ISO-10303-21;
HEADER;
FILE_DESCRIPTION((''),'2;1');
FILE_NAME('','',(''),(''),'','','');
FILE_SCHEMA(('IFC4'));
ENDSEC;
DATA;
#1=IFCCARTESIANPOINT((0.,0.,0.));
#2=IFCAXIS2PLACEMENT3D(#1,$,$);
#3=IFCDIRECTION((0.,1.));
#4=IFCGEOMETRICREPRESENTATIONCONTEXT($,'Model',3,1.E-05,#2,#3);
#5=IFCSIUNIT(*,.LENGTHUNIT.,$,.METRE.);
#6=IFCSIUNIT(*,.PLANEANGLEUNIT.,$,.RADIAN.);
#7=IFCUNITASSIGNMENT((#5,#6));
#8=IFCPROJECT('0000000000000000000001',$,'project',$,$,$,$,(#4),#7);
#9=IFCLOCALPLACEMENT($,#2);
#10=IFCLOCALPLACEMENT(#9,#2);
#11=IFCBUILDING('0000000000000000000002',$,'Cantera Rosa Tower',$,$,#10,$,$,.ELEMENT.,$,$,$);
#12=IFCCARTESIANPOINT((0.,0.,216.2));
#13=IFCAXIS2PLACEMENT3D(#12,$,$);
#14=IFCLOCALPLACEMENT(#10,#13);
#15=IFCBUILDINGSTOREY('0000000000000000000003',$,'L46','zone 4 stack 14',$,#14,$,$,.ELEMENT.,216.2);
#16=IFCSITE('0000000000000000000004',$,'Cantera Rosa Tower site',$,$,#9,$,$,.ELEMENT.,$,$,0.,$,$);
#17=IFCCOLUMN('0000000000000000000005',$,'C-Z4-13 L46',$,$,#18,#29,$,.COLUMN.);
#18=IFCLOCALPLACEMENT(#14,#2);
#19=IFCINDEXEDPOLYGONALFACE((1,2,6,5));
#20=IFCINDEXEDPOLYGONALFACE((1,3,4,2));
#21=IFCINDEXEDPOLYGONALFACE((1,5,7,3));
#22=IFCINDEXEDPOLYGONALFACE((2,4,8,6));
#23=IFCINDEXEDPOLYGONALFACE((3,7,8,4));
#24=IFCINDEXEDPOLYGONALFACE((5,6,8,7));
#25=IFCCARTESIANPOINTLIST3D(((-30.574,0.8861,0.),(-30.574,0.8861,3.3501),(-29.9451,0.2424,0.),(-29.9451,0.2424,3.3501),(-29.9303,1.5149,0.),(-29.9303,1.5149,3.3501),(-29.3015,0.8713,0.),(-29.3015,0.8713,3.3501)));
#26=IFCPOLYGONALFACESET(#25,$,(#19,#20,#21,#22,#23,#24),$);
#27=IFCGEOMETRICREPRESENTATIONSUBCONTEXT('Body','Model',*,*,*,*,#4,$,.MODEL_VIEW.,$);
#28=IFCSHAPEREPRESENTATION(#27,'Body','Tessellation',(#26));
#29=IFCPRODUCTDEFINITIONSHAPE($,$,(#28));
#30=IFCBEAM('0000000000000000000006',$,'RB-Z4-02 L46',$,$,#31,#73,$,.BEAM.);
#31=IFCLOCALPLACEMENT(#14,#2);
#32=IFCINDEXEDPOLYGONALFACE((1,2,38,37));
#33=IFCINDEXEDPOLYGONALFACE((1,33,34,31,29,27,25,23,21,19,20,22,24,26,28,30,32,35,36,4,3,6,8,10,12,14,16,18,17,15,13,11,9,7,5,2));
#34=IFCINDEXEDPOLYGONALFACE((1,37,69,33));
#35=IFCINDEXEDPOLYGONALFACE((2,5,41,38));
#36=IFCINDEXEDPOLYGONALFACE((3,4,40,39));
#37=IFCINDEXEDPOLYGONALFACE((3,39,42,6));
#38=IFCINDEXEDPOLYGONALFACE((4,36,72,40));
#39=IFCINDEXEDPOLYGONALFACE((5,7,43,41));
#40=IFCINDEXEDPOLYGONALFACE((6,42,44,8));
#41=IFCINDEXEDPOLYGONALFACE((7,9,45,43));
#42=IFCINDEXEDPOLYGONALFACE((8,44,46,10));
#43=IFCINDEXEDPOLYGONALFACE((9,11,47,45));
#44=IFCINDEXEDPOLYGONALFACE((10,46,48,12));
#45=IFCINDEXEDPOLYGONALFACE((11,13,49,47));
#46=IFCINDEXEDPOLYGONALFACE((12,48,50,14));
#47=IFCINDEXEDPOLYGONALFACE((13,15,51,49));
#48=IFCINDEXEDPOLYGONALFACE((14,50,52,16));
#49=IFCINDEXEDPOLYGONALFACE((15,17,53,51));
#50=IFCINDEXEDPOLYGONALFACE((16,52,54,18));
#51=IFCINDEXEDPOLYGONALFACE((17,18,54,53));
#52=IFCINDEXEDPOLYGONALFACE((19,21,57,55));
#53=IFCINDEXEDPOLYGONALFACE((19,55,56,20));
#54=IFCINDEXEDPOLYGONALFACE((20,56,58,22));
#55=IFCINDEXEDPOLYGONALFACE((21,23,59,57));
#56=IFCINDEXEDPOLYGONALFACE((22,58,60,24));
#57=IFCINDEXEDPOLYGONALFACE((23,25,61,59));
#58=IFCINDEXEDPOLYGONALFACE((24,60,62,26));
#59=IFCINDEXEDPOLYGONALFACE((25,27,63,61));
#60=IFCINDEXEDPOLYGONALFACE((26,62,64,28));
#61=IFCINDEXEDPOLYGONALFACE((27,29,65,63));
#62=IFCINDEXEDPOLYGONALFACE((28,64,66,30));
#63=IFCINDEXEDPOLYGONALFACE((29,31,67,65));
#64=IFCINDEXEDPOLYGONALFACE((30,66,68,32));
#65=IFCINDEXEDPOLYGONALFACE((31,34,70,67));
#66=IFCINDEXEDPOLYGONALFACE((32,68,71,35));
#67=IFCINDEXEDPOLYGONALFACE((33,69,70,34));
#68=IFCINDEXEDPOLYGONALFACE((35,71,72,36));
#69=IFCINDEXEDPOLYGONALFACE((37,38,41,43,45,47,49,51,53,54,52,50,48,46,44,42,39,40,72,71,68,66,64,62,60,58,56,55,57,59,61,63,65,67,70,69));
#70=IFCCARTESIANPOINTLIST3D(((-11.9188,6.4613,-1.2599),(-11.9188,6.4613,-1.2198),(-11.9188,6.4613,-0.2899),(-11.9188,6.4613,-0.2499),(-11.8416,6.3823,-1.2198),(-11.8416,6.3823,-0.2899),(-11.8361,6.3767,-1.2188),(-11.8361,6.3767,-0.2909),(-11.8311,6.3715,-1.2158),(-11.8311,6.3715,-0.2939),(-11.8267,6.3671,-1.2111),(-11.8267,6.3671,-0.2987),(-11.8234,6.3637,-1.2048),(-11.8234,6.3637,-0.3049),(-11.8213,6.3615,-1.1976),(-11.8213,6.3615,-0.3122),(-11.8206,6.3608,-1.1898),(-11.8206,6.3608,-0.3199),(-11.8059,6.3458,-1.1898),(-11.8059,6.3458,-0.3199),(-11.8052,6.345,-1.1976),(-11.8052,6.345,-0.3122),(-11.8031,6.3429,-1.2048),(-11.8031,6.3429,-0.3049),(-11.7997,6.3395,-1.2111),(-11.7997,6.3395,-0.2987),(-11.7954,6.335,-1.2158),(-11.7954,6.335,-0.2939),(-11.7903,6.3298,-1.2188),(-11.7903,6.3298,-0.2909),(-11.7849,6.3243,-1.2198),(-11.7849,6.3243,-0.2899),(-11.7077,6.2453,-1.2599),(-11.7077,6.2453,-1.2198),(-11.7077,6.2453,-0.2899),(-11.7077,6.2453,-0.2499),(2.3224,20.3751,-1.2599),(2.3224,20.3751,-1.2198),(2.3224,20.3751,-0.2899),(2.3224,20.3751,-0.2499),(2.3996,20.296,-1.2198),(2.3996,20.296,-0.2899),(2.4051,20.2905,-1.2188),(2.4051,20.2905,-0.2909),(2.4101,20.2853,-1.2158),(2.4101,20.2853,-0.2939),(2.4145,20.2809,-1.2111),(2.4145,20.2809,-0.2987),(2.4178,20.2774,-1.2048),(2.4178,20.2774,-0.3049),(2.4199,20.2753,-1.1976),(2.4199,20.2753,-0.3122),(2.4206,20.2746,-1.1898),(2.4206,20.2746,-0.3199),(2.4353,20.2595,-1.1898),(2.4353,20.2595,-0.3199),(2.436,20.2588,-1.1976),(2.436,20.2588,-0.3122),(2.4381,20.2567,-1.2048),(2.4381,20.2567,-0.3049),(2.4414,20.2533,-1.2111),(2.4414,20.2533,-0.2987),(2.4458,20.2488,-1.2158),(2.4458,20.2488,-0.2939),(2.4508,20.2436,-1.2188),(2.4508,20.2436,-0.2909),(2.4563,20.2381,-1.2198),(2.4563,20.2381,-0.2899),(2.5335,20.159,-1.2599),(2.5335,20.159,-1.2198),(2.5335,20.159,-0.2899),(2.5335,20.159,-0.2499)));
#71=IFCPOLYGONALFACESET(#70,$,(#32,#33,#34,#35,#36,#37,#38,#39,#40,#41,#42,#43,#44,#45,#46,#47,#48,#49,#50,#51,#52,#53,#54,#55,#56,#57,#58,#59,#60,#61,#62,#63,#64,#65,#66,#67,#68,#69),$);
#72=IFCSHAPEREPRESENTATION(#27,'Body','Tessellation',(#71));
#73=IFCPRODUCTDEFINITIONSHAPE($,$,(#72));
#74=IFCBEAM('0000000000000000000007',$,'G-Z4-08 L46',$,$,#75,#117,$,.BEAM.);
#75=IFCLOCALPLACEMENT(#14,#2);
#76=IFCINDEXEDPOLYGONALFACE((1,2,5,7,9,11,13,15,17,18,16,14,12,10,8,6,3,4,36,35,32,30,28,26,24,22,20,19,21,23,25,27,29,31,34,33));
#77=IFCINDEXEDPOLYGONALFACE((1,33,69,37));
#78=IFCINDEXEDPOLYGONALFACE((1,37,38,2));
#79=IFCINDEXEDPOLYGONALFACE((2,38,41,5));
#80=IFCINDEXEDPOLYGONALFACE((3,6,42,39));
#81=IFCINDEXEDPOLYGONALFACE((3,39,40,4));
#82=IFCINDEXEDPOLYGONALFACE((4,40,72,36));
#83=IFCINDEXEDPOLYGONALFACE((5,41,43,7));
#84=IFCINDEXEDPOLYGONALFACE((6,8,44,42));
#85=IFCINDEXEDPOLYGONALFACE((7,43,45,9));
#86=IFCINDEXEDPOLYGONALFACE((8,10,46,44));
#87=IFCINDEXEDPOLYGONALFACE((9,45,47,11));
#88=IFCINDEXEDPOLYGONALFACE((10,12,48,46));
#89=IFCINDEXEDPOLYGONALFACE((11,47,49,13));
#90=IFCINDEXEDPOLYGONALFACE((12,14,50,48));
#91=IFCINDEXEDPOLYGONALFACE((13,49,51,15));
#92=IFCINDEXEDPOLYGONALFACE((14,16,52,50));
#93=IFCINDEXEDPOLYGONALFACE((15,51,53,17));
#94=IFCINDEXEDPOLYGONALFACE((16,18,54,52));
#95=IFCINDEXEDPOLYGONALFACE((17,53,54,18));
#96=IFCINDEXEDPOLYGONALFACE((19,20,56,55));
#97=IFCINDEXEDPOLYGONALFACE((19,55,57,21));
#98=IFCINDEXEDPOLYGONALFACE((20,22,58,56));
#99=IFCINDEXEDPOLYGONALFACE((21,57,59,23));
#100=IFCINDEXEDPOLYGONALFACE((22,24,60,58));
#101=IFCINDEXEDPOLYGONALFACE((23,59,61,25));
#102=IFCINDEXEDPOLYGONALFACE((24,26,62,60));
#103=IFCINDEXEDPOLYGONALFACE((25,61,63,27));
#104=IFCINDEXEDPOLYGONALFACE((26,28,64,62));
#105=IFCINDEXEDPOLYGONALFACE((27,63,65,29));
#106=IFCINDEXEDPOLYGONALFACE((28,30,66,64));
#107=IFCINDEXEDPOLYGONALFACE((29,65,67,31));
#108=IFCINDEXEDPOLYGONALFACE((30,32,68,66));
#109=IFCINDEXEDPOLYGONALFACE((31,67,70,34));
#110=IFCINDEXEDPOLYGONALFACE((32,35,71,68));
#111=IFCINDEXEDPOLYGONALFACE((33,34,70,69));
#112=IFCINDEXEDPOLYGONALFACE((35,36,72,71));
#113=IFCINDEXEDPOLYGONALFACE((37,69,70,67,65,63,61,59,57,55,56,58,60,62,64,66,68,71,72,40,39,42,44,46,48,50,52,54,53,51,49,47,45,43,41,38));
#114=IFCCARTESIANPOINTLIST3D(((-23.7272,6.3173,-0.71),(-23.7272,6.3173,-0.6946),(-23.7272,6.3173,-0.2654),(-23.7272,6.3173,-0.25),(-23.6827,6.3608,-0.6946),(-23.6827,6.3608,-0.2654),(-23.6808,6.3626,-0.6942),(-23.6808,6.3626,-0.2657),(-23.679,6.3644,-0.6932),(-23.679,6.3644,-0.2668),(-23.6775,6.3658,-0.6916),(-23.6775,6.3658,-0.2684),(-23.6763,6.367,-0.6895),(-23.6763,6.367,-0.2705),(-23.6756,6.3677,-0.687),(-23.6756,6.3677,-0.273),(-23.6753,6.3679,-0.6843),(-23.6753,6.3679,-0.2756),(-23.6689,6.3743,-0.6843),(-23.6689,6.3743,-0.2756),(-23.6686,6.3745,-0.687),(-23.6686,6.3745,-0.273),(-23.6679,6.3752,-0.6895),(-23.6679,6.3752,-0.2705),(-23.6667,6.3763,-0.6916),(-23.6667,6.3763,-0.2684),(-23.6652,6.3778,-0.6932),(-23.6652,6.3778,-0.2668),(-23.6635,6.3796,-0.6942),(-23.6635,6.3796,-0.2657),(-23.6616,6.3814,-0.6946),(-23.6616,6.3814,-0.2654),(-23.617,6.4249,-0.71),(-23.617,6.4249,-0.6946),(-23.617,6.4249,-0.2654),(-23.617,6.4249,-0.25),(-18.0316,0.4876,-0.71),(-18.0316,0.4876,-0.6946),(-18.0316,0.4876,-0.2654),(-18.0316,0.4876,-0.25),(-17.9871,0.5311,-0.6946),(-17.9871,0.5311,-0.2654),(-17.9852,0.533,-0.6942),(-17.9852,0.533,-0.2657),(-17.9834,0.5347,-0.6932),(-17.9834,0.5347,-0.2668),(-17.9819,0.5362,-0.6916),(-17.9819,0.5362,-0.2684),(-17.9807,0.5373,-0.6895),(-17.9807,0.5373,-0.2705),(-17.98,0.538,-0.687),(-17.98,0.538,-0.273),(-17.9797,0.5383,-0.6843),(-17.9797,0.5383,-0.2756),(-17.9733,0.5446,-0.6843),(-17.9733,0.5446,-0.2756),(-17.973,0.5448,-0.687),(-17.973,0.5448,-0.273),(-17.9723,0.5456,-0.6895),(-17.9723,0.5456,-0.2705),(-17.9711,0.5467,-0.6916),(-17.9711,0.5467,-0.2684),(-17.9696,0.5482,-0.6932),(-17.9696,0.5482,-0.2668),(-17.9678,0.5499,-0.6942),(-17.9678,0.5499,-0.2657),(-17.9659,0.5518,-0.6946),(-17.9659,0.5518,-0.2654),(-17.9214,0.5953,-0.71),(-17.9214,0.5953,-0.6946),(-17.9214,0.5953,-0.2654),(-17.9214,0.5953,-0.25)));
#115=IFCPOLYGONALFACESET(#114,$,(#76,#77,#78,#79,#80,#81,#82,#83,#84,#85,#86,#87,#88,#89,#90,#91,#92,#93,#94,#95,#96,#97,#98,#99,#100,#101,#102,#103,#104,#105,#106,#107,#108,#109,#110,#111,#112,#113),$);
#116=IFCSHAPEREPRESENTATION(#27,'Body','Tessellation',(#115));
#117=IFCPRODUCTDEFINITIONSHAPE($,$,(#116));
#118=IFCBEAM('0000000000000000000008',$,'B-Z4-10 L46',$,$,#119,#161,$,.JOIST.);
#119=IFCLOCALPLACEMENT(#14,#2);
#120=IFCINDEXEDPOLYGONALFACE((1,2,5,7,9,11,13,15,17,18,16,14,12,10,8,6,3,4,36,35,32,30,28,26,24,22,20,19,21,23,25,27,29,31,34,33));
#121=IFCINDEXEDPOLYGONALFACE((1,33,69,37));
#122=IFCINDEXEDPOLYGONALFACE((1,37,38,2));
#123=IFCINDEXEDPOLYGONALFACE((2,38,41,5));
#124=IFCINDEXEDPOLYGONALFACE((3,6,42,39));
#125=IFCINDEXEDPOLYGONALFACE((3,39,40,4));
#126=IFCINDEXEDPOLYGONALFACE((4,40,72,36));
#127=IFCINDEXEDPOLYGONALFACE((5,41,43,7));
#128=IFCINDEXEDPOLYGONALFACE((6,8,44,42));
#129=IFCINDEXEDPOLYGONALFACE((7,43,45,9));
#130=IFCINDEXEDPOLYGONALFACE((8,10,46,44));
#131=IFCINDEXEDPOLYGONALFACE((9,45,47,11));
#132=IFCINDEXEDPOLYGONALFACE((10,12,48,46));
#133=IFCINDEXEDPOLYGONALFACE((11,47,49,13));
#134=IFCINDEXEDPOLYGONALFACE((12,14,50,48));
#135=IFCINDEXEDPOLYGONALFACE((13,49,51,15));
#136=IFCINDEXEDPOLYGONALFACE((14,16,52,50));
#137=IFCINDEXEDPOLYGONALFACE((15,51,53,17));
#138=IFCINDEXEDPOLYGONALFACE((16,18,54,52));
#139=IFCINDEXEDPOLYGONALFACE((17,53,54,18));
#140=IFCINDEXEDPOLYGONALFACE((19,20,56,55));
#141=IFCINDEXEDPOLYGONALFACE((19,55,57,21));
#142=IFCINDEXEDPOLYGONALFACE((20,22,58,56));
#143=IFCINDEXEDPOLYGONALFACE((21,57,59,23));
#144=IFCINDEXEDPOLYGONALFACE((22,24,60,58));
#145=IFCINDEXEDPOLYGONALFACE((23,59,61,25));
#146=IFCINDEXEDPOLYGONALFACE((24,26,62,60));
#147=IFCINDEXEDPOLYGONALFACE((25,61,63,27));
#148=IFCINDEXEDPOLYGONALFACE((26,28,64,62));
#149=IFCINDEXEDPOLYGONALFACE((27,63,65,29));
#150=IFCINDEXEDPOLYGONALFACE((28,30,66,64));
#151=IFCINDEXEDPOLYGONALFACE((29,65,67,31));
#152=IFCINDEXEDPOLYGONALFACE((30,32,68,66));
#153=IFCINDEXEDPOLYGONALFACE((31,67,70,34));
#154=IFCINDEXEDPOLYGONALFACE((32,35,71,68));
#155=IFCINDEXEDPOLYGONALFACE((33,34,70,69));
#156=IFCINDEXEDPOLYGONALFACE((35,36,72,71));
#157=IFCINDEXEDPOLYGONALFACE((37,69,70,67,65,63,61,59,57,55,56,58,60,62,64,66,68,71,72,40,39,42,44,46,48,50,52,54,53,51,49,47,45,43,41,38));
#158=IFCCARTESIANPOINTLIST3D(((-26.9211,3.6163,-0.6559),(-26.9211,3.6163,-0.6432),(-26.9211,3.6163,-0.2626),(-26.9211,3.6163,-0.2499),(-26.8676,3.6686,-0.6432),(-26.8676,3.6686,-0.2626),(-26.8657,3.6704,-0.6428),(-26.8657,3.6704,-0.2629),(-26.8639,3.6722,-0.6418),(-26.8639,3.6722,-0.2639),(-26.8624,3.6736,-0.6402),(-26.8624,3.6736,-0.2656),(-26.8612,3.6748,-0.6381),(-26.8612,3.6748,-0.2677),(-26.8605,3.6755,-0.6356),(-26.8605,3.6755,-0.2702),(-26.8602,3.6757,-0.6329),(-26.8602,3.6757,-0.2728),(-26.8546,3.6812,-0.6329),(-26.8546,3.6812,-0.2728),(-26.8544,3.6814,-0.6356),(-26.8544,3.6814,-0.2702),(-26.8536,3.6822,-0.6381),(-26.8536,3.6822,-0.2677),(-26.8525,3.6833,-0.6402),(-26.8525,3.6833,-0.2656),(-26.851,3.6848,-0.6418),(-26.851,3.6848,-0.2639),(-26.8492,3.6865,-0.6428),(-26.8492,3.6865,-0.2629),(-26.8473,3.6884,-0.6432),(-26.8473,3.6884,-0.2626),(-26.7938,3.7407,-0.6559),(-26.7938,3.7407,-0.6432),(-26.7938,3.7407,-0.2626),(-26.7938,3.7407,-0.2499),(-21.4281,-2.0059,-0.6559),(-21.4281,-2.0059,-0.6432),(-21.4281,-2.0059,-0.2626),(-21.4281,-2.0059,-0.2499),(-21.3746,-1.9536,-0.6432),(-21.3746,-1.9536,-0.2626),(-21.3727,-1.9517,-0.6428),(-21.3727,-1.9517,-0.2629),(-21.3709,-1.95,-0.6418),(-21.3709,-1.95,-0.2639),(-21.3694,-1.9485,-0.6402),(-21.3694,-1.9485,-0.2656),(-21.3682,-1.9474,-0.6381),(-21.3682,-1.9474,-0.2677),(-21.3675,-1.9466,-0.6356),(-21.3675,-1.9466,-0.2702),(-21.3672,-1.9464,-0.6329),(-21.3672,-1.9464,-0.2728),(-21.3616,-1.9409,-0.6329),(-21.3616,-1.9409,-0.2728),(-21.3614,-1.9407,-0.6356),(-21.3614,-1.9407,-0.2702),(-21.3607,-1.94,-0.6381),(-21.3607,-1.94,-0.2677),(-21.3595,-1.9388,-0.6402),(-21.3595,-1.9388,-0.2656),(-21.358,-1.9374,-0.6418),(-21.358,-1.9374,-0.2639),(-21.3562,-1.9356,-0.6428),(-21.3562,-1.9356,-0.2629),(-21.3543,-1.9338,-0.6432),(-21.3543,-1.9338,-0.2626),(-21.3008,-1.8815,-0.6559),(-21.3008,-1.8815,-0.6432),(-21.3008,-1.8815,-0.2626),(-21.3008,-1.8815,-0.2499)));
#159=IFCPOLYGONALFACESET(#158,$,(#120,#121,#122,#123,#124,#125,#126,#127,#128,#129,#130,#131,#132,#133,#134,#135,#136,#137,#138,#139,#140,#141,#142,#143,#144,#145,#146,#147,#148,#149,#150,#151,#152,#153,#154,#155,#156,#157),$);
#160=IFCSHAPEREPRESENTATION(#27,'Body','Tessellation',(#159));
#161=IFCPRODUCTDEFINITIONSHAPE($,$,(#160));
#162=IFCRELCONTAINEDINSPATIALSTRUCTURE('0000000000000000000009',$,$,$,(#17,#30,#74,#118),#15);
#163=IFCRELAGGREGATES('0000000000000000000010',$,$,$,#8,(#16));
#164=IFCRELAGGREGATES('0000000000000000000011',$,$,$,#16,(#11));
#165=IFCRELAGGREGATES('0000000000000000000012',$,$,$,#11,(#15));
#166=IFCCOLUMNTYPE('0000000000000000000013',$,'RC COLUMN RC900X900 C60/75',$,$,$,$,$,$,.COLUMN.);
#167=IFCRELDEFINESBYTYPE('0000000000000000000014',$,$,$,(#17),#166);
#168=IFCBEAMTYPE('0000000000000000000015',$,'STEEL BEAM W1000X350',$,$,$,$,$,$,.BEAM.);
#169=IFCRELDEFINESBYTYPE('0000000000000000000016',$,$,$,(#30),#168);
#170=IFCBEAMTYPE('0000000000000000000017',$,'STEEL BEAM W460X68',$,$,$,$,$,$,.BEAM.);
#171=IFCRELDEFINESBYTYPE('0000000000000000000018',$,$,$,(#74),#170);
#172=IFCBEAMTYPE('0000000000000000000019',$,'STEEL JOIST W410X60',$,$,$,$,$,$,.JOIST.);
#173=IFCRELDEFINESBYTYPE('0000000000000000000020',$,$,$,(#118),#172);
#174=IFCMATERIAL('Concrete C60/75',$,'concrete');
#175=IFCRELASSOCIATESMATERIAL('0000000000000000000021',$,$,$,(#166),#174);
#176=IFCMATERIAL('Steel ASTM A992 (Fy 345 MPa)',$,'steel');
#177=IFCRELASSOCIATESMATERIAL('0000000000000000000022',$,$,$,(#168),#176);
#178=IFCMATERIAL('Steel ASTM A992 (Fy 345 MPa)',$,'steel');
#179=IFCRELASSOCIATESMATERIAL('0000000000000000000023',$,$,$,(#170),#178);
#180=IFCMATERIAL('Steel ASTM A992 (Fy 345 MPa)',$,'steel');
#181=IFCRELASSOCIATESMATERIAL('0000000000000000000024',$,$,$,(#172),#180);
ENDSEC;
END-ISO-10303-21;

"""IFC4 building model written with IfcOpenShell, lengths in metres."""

from ifc_helpers import new_model, si_unit, direction, frame, origin, origin_2d, place, context, subcontext, project, spatial, rectangle, i_section, extrude, material, material_profile, profile_set, type_object, element, save


model = new_model("IFC4")

# Units and contexts
model_context = context("Model", 3, precision=1e-05, world=origin(), true_north=direction((0.0, 1.0)))
body_context = subcontext(model_context, "Body", "Model", "MODEL_VIEW")
ifc_project = project(units=[si_unit("LENGTHUNIT", "METRE"), si_unit("PLANEANGLEUNIT", "RADIAN")], contexts=[model_context])

# Site, building, storey
site_placement = place(None, origin())
site = spatial("IfcSite", under=ifc_project, at=site_placement, Name="Cantera Rosa Tower site", CompositionType="ELEMENT", RefElevation=0.0)
building_placement = place(site_placement, origin())
building = spatial("IfcBuilding", under=site, at=building_placement, Name="Cantera Rosa Tower", CompositionType="ELEMENT")
storey_placement = place(building_placement, frame((0.0, 0.0, 216.2)))
storey = spatial("IfcBuildingStorey", under=building, at=storey_placement, Name="L46", Description="zone 4 stack 14", CompositionType="ELEMENT", Elevation=216.2)

# Column
ifc_material_1 = material(Name="Concrete C60/75", Category="concrete")
ifc_material_profile_1 = material_profile(ifc_material_1, rectangle(XDim=0.8999, YDim=0.8999, at=origin_2d()), Name="RC COLUMN RC900X900 C60/75")
ifc_profile_set_1 = profile_set([ifc_material_profile_1], Name="Concrete C60/75")
column_type = type_object("IfcColumnType", Name="RC COLUMN RC900X900 C60/75", PredefinedType="COLUMN", material=ifc_profile_set_1)
column_placement = place(storey_placement, frame((-29.9377, 0.8787, 0.0), z_axis=(0.0, 0.0, 1.0), x_axis=(0.715286, 0.698832, 0.0)))
element("IfcColumn", 1, at=column_placement, inside=storey, type_object=column_type, Name="C-Z4-13 L46", PredefinedType="COLUMN", context=body_context, shape_type="SweptSolid", body=[
    extrude(rectangle(XDim=0.8999, YDim=0.8999, at=origin_2d()), origin(), (0.0, 0.0, 1.0), 3.3501),
])

# Beams
ifc_material_2 = material(Name="Steel ASTM A992 (Fy 345 MPa)", Category="steel")
ifc_material_profile_2 = material_profile(ifc_material_2, i_section(OverallWidth=0.302, OverallDepth=1.01, WebThickness=0.021, FlangeThickness=0.04, FilletRadius=0.03, at=origin_2d()), Name="W1000X350")
ifc_profile_set_2 = profile_set([ifc_material_profile_2], Name="Steel ASTM A992 (Fy 345 MPa)")
beam_type_1 = type_object("IfcBeamType", Name="STEEL BEAM W1000X350", PredefinedType="BEAM", material=ifc_profile_set_2)
beam_1_placement = place(storey_placement, frame((-11.8132, 6.3533, -0.7549), z_axis=(0.715281, 0.698837, 0.0), x_axis=(-0.698837, 0.715281, 0.0)))
element("IfcBeam", 2, at=beam_1_placement, inside=storey, type_object=beam_type_1, Name="RB-Z4-02 L46", PredefinedType="BEAM", context=body_context, shape_type="SweptSolid", body=[
    extrude(i_section(OverallWidth=0.302, OverallDepth=1.01, WebThickness=0.021, FlangeThickness=0.04, FilletRadius=0.03, at=origin_2d()), origin(), (0.0, 0.0, 1.0), 19.9099),
])
ifc_material_3 = material(Name="Steel ASTM A992 (Fy 345 MPa)", Category="steel")
ifc_material_profile_3 = material_profile(ifc_material_3, i_section(OverallWidth=0.1541, OverallDepth=0.46, WebThickness=0.009, FlangeThickness=0.0154, FilletRadius=0.0103, at=origin_2d()), Name="W460X68")
ifc_profile_set_3 = profile_set([ifc_material_profile_3], Name="Steel ASTM A992 (Fy 345 MPa)")
beam_type_2 = type_object("IfcBeamType", Name="STEEL BEAM W460X68", PredefinedType="BEAM", material=ifc_profile_set_3)
beam_2_placement = place(storey_placement, frame((-23.6721, 6.3711, -0.48), z_axis=(0.698836, -0.715282, 0.0), x_axis=(0.715282, 0.698836, 0.0)))
element("IfcBeam", 3, at=beam_2_placement, inside=storey, type_object=beam_type_2, Name="G-Z4-08 L46", PredefinedType="BEAM", context=body_context, shape_type="SweptSolid", body=[
    extrude(i_section(OverallWidth=0.1541, OverallDepth=0.46, WebThickness=0.009, FlangeThickness=0.0154, FilletRadius=0.0103, at=origin_2d()), origin(), (0.0, 0.0, 1.0), 8.1501),
])
ifc_material_4 = material(Name="Steel ASTM A992 (Fy 345 MPa)", Category="steel")
ifc_material_profile_4 = material_profile(ifc_material_4, i_section(OverallWidth=0.178, OverallDepth=0.406, WebThickness=0.0078, FlangeThickness=0.0127, FilletRadius=0.0103, at=origin_2d()), Name="W410X60")
ifc_profile_set_4 = profile_set([ifc_material_profile_4], Name="Steel ASTM A992 (Fy 345 MPa)")
beam_type_3 = type_object("IfcBeamType", Name="STEEL JOIST W410X60", PredefinedType="JOIST", material=ifc_profile_set_4)
beam_3_placement = place(storey_placement, frame((-26.8574, 3.6785, -0.4529), z_axis=(0.698843, -0.715275, 0.0), x_axis=(0.715275, 0.698843, 0.0)))
element("IfcBeam", 4, at=beam_3_placement, inside=storey, type_object=beam_type_3, Name="B-Z4-10 L46", PredefinedType="JOIST", context=body_context, shape_type="SweptSolid", body=[
    extrude(i_section(OverallWidth=0.178, OverallDepth=0.406, WebThickness=0.0078, FlangeThickness=0.0127, FilletRadius=0.0103, at=origin_2d()), origin(), (0.0, 0.0, 1.0), 7.8601),
])

save(model, "model.ifc")
